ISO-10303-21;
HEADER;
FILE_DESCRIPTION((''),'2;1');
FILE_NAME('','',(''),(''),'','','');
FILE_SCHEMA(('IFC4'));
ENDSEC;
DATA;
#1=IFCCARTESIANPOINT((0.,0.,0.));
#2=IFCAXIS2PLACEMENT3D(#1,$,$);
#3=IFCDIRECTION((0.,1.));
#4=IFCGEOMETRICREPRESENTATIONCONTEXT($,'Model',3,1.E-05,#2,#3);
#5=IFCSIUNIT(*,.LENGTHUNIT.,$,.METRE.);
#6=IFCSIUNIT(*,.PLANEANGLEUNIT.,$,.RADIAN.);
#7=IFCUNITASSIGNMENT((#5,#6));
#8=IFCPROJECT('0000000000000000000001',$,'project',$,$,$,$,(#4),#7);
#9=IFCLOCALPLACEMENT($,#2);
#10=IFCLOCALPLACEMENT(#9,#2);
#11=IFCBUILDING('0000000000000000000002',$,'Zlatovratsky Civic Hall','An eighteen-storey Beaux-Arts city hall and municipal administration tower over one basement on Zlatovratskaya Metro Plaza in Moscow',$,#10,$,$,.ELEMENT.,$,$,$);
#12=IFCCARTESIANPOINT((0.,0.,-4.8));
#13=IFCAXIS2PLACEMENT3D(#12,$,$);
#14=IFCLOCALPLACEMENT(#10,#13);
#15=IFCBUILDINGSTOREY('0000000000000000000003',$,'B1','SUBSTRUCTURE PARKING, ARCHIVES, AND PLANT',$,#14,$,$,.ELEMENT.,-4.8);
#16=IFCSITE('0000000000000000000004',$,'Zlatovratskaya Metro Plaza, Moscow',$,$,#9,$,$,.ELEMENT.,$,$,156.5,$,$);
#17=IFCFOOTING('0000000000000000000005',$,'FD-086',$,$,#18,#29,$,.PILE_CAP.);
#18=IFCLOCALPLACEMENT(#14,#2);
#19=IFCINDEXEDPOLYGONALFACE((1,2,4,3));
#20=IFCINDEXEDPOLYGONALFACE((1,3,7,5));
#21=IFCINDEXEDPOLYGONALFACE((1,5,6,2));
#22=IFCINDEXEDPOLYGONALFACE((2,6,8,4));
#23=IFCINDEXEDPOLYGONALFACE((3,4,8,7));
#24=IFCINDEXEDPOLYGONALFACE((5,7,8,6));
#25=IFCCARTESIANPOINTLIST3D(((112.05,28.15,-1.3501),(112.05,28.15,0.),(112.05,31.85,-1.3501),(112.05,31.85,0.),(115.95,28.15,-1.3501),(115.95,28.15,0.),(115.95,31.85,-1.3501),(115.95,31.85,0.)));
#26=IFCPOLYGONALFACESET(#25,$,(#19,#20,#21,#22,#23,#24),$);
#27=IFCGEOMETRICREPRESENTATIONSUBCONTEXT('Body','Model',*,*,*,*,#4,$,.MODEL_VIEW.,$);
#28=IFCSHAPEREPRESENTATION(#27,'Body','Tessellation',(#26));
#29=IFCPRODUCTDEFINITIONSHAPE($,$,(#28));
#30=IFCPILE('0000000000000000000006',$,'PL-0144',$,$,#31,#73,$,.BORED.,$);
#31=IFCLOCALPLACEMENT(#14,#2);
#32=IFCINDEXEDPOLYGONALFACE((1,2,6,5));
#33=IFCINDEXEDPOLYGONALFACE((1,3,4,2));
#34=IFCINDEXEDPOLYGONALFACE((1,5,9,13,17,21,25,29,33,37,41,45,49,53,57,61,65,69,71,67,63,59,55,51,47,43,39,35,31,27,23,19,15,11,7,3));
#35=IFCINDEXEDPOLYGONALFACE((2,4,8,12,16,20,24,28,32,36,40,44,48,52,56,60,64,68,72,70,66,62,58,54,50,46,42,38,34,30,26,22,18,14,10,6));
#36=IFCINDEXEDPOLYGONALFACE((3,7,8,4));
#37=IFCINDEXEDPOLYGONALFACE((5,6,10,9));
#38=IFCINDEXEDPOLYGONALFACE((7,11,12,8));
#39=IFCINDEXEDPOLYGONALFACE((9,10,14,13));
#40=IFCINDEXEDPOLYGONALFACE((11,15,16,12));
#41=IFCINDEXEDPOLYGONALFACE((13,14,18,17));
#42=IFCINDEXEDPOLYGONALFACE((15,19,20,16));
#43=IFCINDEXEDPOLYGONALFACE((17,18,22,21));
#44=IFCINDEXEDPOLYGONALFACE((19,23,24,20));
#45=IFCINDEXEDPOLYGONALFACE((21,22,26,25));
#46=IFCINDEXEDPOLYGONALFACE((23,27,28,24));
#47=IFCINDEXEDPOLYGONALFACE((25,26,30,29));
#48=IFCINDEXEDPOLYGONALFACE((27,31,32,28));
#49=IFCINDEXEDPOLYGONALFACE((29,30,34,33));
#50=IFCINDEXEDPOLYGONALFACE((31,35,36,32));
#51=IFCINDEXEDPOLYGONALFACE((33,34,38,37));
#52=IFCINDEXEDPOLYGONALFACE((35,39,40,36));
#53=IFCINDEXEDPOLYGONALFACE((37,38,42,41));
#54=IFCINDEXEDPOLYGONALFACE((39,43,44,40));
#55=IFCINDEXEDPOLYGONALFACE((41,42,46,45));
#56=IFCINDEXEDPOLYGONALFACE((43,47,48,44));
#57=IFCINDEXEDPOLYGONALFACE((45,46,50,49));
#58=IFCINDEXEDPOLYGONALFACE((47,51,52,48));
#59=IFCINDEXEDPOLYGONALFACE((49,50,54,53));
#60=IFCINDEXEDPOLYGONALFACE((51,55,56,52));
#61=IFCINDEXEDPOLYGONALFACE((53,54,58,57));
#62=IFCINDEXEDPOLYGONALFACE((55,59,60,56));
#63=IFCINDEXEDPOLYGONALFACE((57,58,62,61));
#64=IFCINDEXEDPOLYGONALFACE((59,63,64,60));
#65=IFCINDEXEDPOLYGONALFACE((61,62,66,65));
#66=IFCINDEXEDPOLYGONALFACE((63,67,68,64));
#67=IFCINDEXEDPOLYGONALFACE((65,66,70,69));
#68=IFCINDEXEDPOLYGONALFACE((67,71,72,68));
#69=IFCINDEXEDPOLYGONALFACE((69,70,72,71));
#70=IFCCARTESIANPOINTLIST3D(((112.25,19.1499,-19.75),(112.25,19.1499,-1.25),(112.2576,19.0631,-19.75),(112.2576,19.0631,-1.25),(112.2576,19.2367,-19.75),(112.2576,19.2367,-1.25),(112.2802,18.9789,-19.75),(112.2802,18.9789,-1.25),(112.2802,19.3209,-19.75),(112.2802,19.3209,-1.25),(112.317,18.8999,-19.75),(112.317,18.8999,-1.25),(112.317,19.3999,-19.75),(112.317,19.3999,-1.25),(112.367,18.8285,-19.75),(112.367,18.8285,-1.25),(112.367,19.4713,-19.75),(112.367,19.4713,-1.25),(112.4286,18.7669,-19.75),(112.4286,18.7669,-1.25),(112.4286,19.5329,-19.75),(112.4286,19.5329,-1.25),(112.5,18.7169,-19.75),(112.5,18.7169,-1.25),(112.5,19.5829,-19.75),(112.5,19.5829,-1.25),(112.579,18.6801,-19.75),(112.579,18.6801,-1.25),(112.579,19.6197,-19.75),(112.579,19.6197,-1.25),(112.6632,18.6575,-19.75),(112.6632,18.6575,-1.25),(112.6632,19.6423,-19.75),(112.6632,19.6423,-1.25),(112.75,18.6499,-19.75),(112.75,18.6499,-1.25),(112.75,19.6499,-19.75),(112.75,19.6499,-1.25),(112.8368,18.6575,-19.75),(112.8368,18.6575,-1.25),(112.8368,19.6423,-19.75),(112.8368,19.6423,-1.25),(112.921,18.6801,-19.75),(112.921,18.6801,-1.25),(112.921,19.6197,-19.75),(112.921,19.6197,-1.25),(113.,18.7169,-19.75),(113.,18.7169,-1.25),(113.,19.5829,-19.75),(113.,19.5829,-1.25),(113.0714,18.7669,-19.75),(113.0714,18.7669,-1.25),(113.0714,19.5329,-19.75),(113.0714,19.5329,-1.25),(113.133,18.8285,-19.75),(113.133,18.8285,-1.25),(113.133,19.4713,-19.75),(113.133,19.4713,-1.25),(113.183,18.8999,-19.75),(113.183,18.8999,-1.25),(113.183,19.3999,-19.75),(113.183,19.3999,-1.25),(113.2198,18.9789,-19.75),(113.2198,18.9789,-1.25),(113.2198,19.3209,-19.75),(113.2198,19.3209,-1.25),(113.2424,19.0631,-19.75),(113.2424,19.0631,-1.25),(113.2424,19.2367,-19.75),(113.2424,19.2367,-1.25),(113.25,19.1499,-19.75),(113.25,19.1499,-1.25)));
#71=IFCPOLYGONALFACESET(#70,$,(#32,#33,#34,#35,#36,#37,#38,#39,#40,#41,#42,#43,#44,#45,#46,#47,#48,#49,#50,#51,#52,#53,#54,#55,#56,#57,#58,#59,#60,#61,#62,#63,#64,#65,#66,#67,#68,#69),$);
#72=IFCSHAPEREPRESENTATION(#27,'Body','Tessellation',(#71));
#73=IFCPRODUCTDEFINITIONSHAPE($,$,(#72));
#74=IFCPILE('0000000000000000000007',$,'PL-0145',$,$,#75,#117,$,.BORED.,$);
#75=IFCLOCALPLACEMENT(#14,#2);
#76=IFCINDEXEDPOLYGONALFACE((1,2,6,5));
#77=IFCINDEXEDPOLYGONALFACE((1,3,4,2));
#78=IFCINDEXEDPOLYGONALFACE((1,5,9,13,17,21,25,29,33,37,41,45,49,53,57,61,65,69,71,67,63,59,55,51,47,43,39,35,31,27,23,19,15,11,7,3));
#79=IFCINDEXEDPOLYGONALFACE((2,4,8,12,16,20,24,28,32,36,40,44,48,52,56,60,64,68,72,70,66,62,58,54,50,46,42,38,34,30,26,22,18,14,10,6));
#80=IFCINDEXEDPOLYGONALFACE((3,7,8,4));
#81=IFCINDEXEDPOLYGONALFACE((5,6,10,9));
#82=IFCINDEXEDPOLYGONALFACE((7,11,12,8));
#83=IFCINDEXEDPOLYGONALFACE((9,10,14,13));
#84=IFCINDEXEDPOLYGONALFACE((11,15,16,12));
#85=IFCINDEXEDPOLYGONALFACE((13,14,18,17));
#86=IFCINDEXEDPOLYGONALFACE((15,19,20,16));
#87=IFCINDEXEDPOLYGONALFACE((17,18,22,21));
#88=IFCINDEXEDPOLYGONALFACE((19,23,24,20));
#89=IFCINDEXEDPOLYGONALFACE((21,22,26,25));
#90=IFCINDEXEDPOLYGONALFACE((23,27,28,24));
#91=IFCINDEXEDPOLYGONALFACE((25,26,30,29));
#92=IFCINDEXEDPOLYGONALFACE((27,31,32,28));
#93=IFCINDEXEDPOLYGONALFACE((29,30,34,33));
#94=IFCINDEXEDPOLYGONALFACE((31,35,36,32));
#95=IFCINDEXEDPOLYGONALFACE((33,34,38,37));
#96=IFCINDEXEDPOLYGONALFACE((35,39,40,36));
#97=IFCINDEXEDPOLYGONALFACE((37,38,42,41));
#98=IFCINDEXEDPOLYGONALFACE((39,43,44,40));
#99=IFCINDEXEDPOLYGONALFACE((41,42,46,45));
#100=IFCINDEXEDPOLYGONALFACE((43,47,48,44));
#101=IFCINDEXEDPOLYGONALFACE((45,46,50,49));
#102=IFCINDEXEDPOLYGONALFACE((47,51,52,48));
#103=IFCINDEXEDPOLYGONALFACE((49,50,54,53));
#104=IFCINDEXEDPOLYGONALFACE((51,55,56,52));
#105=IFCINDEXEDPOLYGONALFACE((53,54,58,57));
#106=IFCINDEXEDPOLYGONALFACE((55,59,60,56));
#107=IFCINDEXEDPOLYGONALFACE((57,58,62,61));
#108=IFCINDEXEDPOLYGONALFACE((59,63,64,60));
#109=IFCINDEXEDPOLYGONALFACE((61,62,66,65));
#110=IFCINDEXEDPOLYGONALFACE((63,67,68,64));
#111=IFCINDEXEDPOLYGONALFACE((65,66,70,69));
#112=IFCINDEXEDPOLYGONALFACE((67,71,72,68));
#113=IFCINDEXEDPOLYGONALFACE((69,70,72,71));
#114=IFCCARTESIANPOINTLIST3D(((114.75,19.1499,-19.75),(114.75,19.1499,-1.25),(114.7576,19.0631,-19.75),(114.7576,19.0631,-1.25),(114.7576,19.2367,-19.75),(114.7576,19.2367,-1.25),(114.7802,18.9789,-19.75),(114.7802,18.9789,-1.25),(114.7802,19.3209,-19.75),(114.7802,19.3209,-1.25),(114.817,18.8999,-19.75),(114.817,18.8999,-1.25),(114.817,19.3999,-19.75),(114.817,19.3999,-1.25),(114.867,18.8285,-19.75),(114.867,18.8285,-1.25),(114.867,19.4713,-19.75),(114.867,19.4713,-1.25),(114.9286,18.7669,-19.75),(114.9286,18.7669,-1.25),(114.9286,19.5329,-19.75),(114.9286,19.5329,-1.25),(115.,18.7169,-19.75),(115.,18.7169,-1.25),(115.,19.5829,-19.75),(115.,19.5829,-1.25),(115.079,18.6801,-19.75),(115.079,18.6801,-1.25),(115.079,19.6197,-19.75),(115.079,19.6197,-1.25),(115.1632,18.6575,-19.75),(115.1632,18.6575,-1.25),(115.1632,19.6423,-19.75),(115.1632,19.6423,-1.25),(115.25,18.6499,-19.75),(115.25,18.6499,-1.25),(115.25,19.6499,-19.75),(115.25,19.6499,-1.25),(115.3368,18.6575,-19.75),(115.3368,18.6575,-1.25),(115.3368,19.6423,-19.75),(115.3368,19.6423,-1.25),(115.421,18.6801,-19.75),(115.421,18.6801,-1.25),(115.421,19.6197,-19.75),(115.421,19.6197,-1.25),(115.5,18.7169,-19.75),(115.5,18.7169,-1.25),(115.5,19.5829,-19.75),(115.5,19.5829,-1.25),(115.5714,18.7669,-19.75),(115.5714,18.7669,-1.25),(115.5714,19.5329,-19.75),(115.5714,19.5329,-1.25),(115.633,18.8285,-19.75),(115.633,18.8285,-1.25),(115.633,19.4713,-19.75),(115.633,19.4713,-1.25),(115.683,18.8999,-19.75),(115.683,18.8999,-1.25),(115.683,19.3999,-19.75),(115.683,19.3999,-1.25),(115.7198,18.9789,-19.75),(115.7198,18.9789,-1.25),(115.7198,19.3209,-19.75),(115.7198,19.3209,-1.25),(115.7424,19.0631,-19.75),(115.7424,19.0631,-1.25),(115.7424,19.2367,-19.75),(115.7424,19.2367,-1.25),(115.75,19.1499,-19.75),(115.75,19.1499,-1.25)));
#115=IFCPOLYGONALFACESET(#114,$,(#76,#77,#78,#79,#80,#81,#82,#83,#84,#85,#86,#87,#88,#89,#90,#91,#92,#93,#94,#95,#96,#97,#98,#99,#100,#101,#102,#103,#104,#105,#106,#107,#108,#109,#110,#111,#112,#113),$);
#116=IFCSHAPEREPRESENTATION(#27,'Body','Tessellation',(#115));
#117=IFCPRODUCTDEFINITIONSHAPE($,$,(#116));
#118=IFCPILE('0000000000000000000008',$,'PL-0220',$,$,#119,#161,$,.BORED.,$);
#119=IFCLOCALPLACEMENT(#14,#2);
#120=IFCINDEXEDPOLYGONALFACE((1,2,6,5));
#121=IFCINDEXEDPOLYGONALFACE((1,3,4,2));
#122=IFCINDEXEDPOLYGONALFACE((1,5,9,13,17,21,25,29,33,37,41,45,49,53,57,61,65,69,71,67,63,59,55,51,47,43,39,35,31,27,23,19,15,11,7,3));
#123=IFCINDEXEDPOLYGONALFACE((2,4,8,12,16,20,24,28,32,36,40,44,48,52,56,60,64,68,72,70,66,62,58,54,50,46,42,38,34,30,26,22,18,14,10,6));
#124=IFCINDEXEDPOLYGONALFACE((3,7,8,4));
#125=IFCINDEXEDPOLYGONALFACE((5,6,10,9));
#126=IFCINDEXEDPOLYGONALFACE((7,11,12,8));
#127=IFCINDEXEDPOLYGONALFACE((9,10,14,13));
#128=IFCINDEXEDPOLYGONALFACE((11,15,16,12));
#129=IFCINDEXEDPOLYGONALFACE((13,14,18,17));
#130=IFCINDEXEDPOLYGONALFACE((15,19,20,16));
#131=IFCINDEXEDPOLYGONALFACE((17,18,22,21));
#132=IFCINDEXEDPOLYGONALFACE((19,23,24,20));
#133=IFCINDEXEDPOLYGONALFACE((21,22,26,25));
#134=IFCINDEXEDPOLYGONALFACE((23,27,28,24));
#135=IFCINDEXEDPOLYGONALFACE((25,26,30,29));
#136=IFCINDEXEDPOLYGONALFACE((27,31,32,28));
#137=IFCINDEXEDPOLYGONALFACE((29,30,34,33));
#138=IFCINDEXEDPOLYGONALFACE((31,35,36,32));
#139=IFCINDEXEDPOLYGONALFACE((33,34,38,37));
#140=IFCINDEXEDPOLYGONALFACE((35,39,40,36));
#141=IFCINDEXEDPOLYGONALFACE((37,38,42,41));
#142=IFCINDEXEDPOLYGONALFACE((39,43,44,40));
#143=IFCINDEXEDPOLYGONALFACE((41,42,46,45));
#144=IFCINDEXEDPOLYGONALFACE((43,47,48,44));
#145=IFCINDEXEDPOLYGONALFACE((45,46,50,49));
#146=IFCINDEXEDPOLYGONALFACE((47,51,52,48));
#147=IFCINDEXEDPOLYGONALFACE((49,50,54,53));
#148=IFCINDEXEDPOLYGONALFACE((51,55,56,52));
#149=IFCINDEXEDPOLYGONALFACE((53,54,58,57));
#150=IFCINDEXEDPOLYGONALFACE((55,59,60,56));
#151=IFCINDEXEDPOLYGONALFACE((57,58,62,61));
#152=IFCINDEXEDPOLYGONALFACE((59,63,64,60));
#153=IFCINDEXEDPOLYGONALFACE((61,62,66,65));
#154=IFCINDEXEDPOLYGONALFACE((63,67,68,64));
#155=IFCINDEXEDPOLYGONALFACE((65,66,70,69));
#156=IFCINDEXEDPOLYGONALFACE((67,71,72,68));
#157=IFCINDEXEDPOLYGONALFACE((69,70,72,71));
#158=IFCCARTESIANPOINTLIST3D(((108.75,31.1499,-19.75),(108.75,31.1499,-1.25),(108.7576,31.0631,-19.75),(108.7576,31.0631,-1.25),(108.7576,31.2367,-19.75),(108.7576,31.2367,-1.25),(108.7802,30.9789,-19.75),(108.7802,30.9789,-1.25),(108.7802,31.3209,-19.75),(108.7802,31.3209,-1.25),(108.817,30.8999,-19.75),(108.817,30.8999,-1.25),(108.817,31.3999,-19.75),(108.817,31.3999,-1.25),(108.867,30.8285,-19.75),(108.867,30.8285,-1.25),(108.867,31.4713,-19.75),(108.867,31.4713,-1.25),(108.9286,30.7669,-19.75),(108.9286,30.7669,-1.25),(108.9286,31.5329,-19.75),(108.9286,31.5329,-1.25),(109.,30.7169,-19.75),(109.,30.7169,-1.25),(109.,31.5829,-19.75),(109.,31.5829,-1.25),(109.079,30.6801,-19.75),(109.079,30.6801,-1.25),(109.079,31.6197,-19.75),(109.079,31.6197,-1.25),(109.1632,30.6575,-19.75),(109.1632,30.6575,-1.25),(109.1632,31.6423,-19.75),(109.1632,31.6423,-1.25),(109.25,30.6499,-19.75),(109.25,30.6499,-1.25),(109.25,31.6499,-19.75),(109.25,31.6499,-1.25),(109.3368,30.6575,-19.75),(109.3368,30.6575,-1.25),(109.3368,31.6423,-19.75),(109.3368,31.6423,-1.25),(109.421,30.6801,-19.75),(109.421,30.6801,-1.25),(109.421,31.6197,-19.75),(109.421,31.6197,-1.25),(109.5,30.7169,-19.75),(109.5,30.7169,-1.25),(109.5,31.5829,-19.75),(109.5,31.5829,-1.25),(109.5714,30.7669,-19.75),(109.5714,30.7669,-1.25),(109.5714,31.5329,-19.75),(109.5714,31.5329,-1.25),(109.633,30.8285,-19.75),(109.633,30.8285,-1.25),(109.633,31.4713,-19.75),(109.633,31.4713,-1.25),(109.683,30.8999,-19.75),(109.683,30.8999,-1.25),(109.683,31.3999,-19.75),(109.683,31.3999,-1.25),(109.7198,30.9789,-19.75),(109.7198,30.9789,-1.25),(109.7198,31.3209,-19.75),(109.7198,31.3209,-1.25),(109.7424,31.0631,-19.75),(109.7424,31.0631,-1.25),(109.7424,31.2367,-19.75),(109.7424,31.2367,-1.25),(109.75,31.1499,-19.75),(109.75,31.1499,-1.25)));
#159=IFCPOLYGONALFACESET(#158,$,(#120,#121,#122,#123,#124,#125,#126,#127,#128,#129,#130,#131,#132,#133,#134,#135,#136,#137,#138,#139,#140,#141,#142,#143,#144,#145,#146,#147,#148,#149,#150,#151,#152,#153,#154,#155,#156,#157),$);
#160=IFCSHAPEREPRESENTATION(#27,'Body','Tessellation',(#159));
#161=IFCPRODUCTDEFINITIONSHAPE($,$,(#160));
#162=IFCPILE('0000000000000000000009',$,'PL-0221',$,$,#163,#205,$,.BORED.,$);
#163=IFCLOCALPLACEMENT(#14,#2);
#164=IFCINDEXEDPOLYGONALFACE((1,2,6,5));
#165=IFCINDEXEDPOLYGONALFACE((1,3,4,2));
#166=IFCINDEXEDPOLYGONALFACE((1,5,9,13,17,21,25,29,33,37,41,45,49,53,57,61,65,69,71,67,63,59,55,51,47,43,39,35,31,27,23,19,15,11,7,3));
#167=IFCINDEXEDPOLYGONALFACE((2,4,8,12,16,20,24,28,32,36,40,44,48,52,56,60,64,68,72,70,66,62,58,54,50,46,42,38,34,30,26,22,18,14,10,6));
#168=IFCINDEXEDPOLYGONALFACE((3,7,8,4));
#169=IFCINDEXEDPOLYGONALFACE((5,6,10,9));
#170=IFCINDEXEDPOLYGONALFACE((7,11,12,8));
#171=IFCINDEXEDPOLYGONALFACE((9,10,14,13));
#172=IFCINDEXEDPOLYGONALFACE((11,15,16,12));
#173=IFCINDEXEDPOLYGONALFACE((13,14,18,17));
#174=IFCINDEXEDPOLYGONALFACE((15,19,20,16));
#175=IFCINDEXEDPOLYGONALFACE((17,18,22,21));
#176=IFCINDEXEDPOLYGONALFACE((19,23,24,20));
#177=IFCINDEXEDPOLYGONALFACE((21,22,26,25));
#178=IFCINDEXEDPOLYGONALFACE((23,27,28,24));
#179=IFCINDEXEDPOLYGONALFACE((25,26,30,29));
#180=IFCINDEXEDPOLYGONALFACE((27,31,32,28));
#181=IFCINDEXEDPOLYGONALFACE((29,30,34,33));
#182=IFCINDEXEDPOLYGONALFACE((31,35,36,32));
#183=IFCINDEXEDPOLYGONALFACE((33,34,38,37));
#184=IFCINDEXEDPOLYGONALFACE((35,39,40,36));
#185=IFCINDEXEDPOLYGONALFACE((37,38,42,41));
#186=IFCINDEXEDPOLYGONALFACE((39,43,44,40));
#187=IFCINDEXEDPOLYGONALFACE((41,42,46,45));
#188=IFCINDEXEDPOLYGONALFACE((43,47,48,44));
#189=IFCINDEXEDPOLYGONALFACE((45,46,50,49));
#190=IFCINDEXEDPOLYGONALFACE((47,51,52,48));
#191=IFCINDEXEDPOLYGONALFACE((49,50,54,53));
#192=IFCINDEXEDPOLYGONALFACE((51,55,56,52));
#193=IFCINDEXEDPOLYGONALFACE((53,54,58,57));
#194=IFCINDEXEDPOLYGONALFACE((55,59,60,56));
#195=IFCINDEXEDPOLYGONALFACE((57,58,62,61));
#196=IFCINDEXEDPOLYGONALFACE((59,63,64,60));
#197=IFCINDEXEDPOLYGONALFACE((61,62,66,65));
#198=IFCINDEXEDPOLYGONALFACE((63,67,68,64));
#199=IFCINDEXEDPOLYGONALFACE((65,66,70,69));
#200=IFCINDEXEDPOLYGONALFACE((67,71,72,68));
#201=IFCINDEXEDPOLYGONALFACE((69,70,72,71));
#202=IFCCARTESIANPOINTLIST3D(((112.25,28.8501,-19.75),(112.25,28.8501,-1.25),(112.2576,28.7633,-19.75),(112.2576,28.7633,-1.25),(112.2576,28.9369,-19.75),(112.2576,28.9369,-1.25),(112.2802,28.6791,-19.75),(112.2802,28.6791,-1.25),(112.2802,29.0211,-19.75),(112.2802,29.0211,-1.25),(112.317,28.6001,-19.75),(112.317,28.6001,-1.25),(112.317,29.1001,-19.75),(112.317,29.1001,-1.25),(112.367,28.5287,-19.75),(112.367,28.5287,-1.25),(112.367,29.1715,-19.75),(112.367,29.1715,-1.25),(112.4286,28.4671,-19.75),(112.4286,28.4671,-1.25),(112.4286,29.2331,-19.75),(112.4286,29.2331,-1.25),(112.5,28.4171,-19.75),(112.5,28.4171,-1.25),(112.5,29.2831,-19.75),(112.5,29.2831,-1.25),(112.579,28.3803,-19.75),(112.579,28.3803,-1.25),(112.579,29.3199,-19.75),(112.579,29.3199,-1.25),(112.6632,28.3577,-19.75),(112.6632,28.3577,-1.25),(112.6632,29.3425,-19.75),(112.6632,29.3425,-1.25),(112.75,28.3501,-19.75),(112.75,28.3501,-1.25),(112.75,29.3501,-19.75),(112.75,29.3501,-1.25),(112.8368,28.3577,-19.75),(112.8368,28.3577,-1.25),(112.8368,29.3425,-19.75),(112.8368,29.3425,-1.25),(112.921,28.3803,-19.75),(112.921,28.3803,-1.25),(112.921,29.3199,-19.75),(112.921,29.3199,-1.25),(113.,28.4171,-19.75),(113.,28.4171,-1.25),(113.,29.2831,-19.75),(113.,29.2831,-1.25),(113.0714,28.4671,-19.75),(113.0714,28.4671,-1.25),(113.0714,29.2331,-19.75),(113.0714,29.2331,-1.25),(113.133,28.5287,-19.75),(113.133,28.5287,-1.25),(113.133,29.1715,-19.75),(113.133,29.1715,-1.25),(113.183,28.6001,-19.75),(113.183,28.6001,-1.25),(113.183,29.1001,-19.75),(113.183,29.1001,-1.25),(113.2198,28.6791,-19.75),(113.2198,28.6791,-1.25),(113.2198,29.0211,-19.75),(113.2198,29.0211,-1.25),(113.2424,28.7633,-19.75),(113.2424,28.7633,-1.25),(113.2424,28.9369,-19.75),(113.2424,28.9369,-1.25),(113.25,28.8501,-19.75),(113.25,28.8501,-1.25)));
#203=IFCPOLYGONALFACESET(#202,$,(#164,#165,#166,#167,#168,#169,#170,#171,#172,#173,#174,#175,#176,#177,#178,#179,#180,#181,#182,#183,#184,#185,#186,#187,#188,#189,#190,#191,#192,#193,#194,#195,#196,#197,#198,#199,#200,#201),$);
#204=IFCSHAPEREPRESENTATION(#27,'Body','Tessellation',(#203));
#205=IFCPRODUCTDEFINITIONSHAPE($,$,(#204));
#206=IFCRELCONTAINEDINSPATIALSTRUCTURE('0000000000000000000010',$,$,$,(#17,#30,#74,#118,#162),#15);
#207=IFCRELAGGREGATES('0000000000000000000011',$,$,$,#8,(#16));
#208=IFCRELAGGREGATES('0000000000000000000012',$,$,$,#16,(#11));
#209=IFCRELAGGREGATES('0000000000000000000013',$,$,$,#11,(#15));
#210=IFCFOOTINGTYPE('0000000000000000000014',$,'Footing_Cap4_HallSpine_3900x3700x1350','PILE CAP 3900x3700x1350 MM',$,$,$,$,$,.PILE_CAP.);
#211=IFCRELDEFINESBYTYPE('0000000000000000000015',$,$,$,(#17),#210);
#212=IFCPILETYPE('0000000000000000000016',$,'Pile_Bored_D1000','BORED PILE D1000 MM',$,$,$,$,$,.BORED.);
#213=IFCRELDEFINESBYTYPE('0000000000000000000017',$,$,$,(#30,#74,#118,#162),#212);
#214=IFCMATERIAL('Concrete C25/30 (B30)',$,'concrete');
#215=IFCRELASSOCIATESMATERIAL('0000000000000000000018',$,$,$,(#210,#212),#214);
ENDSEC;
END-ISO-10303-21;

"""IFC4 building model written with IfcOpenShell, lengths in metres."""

from ifc_helpers import new_model, si_unit, direction, frame, origin, origin_2d, place, context, subcontext, project, spatial, rectangle, circle, extrude, material, material_profile, profile_set, type_object, element, save


model = new_model("IFC4")

# Units and contexts
model_context = context("Model", 3, precision=1e-05, world=origin(), true_north=direction((0.0, 1.0)))
body_context = subcontext(model_context, "Body", "Model", "MODEL_VIEW")
ifc_project = project(units=[si_unit("LENGTHUNIT", "METRE"), si_unit("PLANEANGLEUNIT", "RADIAN")], contexts=[model_context])

# Site, building, storey
site_placement = place(None, origin())
site = spatial("IfcSite", under=ifc_project, at=site_placement, Name="Zlatovratskaya Metro Plaza, Moscow", CompositionType="ELEMENT", RefElevation=156.5)
building_placement = place(site_placement, origin())
building = spatial("IfcBuilding", under=site, at=building_placement, Name="Zlatovratsky Civic Hall", Description="An eighteen-storey Beaux-Arts city hall and municipal administration tower over one basement on Zlatovratskaya Metro Plaza in Moscow", CompositionType="ELEMENT")
storey_placement = place(building_placement, frame((0.0, 0.0, -4.8)))
storey = spatial("IfcBuildingStorey", under=building, at=storey_placement, Name="B1", Description="SUBSTRUCTURE PARKING, ARCHIVES, AND PLANT", CompositionType="ELEMENT", Elevation=-4.8)

# Footing
ifc_material_1 = material(Name="Concrete C25/30 (B30)", Category="concrete")
footing_type = type_object("IfcFootingType", Name="Footing_Cap4_HallSpine_3900x3700x1350", Description="PILE CAP 3900x3700x1350 MM", PredefinedType="PILE_CAP", material=ifc_material_1)
footing_placement = place(storey_placement, frame((114.0, 30.0, -1.3501), z_axis=(0.0, 0.0, 1.0), x_axis=(1.0, 0.0, 0.0)))
element("IfcFooting", 1, at=footing_placement, inside=storey, type_object=footing_type, Name="FD-086", PredefinedType="PILE_CAP", context=body_context, shape_type="SweptSolid", body=[
    extrude(rectangle(XDim=3.8999, YDim=3.7, at=origin_2d()), origin(), (0.0, 0.0, 1.0), 1.3501),
])

# Piles
ifc_material_profile_1 = material_profile(ifc_material_1, circle(Radius=0.5, at=origin_2d()), Name="PILE D1000")
ifc_profile_set_1 = profile_set([ifc_material_profile_1], Name="Concrete C25/30 (B30)")
pile_type = type_object("IfcPileType", Name="Pile_Bored_D1000", Description="BORED PILE D1000 MM", PredefinedType="BORED", material=ifc_profile_set_1)
for number, where, z_axis, x_axis, name in (
    (2, (112.75, 19.1499, -1.25), (0.0, 0.0, -1.0), (1.0, 0.0, 0.0), "PL-0144"),
    (3, (115.25, 19.1499, -1.25), (0.0, 0.0, -1.0), (1.0, 0.0, 0.0), "PL-0145"),
    (4, (109.25, 31.1499, -1.25), (0.0, 0.0, -1.0), (1.0, 0.0, 0.0), "PL-0220"),
    (5, (112.75, 28.8501, -1.25), (0.0, 0.0, -1.0), (1.0, 0.0, 0.0), "PL-0221"),
):
    element("IfcPile", number, at=place(storey_placement, frame(where, z_axis=z_axis, x_axis=x_axis)), inside=storey, type_object=pile_type, Name=name, PredefinedType="BORED", context=body_context, shape_type="SweptSolid", body=[
        extrude(circle(Radius=0.5, at=origin_2d()), origin(), (0.0, 0.0, 1.0), 18.5),
    ])

save(model, "model.ifc")
